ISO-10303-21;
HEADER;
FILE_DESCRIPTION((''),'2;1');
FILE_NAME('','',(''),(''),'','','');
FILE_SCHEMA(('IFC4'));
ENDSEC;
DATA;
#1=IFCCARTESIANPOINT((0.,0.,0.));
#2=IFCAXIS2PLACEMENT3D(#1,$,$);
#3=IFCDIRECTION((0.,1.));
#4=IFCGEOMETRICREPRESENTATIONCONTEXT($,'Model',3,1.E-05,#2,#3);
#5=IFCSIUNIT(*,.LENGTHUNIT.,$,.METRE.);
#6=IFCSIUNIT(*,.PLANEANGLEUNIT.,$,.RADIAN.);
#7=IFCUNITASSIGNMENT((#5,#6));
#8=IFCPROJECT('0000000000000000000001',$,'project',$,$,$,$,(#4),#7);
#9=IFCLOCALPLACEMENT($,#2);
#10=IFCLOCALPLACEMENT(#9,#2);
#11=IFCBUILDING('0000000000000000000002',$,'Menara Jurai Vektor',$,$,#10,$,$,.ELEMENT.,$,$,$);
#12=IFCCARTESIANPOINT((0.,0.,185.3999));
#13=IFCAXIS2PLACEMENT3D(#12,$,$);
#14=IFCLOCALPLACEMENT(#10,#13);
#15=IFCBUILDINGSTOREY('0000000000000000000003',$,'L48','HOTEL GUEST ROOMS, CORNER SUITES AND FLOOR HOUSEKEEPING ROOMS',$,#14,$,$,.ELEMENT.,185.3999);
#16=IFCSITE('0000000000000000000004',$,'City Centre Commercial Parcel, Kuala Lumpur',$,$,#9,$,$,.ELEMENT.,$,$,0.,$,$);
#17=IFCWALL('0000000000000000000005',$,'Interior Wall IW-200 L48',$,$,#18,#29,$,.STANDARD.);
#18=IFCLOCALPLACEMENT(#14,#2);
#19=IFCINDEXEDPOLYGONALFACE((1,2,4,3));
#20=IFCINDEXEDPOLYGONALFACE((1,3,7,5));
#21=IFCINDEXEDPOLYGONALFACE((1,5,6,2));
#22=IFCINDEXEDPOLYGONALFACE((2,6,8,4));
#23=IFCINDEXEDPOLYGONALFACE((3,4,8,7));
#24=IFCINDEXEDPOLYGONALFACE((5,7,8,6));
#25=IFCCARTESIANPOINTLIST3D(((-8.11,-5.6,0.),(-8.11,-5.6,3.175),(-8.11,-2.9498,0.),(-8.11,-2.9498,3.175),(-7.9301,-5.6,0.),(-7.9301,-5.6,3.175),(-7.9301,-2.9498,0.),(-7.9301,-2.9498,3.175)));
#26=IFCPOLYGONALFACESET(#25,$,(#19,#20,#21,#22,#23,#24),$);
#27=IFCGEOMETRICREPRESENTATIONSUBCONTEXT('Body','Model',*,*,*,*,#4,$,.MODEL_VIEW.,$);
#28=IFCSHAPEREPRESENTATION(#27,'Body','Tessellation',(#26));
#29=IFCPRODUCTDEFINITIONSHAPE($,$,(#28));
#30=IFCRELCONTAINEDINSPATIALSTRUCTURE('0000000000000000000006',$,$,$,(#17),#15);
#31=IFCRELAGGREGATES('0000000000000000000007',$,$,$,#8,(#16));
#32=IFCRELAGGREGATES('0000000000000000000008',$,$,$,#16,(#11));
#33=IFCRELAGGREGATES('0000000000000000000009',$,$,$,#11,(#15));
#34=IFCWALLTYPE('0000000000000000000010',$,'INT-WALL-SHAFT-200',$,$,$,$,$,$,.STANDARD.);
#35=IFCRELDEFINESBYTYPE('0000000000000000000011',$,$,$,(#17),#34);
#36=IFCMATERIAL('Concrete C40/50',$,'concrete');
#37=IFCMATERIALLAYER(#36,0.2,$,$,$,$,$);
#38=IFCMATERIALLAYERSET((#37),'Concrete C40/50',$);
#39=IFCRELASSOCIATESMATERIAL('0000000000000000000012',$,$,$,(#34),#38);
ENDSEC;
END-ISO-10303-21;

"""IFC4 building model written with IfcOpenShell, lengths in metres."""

from ifc_helpers import new_model, si_unit, direction, frame, frame_2d, origin, place, context, subcontext, project, spatial, rectangle, extrude, material, layer, layer_set, type_object, element, save


model = new_model("IFC4")

# Units and contexts
model_context = context("Model", 3, precision=1e-05, world=origin(), true_north=direction((0.0, 1.0)))
body_context = subcontext(model_context, "Body", "Model", "MODEL_VIEW")
ifc_project = project(units=[si_unit("LENGTHUNIT", "METRE"), si_unit("PLANEANGLEUNIT", "RADIAN")], contexts=[model_context])

# Site, building, storey
site_placement = place(None, origin())
site = spatial("IfcSite", under=ifc_project, at=site_placement, Name="City Centre Commercial Parcel, Kuala Lumpur", CompositionType="ELEMENT", RefElevation=0.0)
building_placement = place(site_placement, origin())
building = spatial("IfcBuilding", under=site, at=building_placement, Name="Menara Jurai Vektor", CompositionType="ELEMENT")
storey_placement = place(building_placement, frame((0.0, 0.0, 185.3999)))
storey = spatial("IfcBuildingStorey", under=building, at=storey_placement, Name="L48", Description="HOTEL GUEST ROOMS, CORNER SUITES AND FLOOR HOUSEKEEPING ROOMS", CompositionType="ELEMENT", Elevation=185.3999)

# Shared definitions
ifc_material_1 = material(Name="Concrete C40/50", Category="concrete")
ifc_layer_1 = layer(ifc_material_1, 0.2)
ifc_layer_set_1 = layer_set([ifc_layer_1], Name="Concrete C40/50")
wall_type_1 = type_object("IfcWallType", Name="INT-WALL-SHAFT-200", PredefinedType="STANDARD", material=ifc_layer_set_1)

# Wall
wall_1_placement = place(storey_placement, frame((-8.02, -5.6001, 0.0), z_axis=(0.0, 0.0, 1.0), x_axis=(0.0, 1.0, 0.0)))
element("IfcWall", 1, at=wall_1_placement, inside=storey, type_object=wall_type_1, Name="Interior Wall IW-200 L48", PredefinedType="STANDARD", context=body_context, shape_type="SweptSolid", body=[
    extrude(rectangle(XDim=2.6501, YDim=0.1799, at=frame_2d((1.3252, 0.0))), origin(), (0.0, 0.0, 1.0), 3.175),
])

save(model, "model.ifc")
